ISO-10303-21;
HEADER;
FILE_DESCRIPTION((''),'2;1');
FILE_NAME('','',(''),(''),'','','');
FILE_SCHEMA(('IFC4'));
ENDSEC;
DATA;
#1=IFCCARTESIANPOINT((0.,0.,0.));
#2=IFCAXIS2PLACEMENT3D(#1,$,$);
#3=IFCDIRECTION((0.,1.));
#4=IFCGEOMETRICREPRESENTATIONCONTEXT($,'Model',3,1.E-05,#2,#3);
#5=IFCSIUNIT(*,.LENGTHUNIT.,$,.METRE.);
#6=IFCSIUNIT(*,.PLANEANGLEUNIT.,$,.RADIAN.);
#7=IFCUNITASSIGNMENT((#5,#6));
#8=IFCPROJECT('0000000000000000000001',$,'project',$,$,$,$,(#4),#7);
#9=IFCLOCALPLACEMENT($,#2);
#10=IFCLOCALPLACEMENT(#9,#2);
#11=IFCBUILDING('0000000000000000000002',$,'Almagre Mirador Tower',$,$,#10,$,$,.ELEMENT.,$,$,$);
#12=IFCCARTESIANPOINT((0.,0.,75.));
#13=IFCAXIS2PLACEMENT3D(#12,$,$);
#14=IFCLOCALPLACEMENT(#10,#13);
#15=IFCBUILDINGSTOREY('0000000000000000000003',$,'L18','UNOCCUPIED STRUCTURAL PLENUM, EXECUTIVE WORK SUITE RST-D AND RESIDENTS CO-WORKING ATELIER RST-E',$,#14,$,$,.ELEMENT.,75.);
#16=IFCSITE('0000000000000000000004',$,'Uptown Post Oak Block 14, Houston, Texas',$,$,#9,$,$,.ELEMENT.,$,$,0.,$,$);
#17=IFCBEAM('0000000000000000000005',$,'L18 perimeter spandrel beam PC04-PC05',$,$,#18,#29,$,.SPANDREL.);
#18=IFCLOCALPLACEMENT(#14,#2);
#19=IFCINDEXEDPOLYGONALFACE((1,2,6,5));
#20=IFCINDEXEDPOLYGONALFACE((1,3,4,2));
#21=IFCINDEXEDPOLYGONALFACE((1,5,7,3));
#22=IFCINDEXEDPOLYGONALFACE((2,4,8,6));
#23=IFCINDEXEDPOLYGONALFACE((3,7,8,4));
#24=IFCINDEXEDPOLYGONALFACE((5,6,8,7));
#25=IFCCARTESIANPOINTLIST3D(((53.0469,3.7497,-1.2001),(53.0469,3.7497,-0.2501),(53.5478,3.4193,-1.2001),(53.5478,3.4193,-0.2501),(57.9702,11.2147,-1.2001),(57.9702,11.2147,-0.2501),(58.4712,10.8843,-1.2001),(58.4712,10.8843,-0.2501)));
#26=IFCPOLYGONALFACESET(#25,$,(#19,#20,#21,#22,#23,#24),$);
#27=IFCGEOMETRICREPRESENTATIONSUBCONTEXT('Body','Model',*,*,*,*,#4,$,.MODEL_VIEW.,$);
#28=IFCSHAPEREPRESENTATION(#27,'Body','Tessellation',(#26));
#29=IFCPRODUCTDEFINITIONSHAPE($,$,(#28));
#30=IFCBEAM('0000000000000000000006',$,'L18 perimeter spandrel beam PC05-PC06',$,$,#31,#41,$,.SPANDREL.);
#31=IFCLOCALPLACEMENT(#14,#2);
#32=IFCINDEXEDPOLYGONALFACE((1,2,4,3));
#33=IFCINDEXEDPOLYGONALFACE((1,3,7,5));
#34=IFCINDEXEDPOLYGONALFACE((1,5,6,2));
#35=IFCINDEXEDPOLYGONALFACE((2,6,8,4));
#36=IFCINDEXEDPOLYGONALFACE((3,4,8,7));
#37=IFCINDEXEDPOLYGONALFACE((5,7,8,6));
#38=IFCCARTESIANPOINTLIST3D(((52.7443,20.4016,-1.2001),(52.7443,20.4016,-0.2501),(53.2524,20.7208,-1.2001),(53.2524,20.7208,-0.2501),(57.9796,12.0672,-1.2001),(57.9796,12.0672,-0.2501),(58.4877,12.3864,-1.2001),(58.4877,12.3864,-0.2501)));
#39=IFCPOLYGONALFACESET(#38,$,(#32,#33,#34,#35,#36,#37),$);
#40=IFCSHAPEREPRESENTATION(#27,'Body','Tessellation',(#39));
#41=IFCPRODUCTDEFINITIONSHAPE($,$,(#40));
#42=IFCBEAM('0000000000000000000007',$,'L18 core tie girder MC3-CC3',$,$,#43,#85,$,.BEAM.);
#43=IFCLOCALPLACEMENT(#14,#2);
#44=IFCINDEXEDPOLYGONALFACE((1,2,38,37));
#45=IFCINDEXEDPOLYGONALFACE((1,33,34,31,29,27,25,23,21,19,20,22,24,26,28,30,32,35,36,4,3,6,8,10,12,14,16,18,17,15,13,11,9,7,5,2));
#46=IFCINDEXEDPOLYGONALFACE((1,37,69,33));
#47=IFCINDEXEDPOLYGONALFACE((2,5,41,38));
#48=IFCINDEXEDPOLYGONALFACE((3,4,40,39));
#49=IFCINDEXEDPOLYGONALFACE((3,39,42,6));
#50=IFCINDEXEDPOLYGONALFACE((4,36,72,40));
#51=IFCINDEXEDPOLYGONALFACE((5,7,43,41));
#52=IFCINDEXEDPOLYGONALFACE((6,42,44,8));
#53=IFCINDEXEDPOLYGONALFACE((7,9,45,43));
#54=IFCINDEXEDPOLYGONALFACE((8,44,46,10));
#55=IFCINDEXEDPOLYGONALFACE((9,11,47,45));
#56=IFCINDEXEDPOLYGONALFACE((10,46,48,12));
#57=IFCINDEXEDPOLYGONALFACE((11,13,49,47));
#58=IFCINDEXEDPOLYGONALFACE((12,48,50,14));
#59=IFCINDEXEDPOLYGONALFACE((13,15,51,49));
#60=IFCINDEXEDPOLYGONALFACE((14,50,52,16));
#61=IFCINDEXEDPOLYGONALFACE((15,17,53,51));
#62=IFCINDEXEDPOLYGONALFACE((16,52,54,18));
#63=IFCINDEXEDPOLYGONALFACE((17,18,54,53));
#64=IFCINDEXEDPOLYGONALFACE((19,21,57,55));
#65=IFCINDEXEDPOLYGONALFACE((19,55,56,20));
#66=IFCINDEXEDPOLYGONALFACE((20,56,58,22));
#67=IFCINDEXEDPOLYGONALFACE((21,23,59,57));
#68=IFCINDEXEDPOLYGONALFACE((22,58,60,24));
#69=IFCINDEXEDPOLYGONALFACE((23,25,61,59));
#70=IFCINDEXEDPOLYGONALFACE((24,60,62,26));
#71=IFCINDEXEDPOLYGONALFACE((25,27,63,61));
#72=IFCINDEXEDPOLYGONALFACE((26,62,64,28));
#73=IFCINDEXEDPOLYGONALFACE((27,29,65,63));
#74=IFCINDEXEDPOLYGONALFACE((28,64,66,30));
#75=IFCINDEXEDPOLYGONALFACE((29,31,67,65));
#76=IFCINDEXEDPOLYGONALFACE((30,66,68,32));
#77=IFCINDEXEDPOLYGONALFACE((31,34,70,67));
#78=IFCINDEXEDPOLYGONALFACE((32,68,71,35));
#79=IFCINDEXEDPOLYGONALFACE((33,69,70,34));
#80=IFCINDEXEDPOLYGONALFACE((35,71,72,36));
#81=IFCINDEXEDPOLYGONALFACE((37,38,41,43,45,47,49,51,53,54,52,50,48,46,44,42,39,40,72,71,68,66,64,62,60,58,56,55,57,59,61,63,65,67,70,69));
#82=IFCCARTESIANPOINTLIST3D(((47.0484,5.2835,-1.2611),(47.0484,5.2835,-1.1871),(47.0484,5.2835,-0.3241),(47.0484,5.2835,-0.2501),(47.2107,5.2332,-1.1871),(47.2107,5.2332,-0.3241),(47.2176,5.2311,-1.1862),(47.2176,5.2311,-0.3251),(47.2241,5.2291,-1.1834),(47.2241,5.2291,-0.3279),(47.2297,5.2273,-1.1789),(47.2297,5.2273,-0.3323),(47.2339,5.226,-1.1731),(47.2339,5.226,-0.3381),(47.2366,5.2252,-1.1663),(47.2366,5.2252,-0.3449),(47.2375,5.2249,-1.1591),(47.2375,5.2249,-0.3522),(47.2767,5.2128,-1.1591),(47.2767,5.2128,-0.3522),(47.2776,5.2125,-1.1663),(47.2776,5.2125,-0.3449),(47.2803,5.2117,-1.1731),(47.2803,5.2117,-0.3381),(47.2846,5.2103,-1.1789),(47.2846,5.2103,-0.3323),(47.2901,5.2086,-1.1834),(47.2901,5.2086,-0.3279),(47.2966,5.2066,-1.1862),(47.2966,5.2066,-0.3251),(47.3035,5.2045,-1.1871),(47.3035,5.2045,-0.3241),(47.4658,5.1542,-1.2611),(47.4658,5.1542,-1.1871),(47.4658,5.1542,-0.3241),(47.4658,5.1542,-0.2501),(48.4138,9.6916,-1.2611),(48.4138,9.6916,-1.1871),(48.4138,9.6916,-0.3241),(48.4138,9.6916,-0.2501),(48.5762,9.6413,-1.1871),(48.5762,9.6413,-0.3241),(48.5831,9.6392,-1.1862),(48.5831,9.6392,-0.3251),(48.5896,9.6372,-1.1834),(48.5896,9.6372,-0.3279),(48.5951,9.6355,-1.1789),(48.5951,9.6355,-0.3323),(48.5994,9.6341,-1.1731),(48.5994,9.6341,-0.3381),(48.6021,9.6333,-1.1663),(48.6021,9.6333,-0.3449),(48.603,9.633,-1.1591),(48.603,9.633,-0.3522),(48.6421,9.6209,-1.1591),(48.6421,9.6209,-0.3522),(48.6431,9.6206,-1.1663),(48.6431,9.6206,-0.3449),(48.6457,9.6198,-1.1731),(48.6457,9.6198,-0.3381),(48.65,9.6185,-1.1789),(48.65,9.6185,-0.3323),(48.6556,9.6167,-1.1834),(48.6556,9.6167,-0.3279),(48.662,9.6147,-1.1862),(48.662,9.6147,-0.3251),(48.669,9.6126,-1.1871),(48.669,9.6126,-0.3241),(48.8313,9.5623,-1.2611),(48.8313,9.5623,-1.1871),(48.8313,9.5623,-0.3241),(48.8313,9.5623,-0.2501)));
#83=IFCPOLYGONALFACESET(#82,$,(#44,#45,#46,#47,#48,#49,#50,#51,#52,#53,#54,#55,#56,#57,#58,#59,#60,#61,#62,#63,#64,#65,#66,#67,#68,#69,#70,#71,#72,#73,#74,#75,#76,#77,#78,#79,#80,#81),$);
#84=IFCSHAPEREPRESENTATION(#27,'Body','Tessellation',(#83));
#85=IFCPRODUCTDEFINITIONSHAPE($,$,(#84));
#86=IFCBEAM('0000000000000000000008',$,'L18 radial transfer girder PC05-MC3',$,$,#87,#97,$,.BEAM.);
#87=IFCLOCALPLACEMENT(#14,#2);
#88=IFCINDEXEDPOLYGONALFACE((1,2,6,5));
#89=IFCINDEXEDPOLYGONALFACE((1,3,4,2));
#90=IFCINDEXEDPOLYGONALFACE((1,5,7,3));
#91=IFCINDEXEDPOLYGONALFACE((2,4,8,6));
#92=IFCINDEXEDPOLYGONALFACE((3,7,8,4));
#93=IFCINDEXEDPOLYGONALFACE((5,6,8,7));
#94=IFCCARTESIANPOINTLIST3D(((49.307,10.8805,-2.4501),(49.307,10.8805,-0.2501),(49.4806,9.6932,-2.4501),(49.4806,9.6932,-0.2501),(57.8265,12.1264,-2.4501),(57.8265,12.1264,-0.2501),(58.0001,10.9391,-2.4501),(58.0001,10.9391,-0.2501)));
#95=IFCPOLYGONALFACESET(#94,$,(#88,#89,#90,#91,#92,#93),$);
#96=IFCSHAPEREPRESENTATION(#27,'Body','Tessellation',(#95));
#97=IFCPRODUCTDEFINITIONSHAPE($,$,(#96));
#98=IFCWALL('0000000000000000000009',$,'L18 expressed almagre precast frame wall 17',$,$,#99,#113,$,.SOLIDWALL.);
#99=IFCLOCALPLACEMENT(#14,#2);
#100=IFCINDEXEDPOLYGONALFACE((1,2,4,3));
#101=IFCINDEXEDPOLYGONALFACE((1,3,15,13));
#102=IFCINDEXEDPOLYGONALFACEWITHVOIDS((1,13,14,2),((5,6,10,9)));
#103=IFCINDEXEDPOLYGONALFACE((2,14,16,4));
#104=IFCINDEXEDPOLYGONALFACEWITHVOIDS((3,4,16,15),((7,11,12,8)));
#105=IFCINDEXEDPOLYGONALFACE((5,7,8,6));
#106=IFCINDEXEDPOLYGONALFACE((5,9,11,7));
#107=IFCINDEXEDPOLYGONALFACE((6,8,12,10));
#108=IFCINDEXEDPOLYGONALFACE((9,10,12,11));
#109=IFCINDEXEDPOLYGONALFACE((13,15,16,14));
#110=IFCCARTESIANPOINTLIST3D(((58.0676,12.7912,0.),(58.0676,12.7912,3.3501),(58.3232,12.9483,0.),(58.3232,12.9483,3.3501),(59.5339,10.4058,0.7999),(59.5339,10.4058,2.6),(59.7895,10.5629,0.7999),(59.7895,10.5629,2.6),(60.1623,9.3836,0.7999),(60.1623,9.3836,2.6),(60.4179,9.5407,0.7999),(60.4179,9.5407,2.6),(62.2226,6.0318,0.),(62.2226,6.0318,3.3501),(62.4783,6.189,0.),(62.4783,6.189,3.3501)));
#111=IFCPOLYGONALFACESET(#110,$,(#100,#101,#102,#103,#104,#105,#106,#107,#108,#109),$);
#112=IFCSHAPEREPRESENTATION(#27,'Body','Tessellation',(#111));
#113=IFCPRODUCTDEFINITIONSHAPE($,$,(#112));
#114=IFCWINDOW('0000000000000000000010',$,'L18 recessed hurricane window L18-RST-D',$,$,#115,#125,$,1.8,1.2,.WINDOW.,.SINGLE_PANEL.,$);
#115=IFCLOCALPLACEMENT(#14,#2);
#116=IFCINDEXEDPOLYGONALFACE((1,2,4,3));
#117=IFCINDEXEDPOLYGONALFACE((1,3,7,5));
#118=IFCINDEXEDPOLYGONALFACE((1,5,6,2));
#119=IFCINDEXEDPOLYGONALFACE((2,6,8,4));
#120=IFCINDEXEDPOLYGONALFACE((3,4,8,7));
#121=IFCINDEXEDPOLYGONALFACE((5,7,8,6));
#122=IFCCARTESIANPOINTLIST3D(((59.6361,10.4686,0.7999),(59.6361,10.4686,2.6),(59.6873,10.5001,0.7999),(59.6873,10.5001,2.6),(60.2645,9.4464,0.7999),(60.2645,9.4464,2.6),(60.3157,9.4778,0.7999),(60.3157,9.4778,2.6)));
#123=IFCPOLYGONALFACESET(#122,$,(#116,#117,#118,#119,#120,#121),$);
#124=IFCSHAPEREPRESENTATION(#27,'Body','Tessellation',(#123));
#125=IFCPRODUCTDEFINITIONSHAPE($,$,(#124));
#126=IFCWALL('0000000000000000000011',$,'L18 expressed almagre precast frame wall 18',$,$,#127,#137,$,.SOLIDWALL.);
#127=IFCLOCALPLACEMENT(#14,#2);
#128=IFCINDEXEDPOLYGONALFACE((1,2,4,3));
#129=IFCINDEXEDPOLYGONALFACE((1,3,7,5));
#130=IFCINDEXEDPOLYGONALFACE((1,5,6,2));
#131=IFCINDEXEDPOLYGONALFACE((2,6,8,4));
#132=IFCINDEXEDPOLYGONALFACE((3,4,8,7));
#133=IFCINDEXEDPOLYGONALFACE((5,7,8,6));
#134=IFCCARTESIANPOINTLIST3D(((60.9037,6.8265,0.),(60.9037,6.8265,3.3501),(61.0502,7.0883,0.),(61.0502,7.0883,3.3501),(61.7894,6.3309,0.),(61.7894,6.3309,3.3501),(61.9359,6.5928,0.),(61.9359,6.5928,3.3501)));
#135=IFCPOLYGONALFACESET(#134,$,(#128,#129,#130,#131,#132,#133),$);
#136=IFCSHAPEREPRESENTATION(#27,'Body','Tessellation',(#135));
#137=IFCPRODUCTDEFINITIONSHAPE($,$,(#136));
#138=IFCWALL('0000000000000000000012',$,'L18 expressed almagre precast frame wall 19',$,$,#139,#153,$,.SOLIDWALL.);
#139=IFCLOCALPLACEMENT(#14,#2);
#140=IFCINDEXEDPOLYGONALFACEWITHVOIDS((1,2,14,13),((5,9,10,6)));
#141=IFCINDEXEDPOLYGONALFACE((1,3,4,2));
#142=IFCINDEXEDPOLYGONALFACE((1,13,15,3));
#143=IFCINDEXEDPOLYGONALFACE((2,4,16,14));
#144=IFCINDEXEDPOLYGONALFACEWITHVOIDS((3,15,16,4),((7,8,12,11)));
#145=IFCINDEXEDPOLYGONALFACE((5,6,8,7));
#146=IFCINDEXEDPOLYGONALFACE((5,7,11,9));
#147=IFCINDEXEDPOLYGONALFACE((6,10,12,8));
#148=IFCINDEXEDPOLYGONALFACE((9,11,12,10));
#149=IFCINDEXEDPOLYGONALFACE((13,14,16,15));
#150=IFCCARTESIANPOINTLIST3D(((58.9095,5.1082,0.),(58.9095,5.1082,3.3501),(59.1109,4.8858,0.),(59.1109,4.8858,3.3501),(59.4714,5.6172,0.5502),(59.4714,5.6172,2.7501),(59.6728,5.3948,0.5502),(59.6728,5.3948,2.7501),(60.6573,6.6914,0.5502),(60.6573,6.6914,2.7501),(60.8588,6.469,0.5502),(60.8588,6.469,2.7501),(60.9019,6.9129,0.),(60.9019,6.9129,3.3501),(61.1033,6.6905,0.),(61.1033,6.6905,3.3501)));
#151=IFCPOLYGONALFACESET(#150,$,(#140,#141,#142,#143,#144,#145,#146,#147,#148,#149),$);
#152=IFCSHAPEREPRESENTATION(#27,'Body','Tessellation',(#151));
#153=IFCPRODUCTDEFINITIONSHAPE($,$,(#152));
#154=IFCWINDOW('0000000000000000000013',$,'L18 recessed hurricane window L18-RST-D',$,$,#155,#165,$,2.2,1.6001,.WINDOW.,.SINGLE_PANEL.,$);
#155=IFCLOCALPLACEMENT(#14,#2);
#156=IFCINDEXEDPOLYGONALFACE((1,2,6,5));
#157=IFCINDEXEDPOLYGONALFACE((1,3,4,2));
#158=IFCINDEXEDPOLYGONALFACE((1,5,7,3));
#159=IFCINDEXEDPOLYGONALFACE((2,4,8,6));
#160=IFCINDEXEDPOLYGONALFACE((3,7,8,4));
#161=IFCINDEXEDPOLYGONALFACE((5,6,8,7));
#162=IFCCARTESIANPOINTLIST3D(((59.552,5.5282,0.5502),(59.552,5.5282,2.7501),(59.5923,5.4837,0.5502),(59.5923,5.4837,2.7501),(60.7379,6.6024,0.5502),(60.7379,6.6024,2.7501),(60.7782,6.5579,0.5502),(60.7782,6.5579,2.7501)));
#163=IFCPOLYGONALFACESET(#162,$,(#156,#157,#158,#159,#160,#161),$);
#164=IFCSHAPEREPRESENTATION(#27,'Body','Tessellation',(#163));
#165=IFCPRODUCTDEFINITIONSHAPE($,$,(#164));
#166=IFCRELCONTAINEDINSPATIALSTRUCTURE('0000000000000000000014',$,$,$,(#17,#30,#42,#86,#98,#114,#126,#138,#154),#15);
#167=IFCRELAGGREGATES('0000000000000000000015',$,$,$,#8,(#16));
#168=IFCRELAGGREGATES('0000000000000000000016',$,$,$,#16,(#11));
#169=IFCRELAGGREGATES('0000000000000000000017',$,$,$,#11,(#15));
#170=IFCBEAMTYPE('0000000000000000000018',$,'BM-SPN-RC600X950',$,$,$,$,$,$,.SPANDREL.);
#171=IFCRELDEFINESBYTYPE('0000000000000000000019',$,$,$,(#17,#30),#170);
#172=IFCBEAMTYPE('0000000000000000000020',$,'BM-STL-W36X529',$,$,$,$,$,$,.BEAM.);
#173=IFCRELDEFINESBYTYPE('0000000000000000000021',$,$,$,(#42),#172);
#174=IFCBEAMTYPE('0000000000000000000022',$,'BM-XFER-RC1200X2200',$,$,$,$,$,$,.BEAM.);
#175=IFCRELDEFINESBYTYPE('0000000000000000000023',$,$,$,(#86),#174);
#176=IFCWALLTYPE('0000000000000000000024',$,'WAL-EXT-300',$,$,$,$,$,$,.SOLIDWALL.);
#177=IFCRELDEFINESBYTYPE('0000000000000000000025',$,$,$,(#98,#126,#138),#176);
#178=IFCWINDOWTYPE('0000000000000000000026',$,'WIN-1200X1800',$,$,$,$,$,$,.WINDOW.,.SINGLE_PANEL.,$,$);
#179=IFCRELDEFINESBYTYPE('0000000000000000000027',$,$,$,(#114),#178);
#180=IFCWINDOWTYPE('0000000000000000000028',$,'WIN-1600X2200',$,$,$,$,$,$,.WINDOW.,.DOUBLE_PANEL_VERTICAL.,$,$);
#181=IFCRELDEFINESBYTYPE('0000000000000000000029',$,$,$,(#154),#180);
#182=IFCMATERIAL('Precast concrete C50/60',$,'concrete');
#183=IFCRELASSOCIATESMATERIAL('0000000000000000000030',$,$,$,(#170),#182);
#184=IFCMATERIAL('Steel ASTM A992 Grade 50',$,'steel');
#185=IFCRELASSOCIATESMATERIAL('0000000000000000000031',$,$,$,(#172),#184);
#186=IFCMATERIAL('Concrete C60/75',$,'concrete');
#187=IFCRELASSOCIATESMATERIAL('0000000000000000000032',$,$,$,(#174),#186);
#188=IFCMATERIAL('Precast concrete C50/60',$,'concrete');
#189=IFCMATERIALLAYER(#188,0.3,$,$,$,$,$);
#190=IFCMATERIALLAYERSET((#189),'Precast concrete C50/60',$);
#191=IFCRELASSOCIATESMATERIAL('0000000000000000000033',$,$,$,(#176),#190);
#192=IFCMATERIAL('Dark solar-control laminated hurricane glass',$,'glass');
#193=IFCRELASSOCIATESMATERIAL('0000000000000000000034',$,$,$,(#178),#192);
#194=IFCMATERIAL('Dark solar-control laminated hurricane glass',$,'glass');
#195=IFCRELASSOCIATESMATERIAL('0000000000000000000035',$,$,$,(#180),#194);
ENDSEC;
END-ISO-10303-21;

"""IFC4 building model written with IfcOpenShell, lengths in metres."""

from ifc_helpers import new_model, si_unit, direction, frame, frame_2d, origin, origin_2d, place, context, subcontext, project, spatial, rectangle, i_section, extrude, material, layer, layer_set, material_profile, profile_set, type_object, element, fill, save


model = new_model("IFC4")

# Units and contexts
model_context = context("Model", 3, precision=1e-05, world=origin(), true_north=direction((0.0, 1.0)))
body_context = subcontext(model_context, "Body", "Model", "MODEL_VIEW")
ifc_project = project(units=[si_unit("LENGTHUNIT", "METRE"), si_unit("PLANEANGLEUNIT", "RADIAN")], contexts=[model_context])

# Site, building, storey
site_placement = place(None, origin())
site = spatial("IfcSite", under=ifc_project, at=site_placement, Name="Uptown Post Oak Block 14, Houston, Texas", CompositionType="ELEMENT", RefElevation=0.0)
building_placement = place(site_placement, origin())
building = spatial("IfcBuilding", under=site, at=building_placement, Name="Almagre Mirador Tower", CompositionType="ELEMENT")
storey_placement = place(building_placement, frame((0.0, 0.0, 75.0)))
storey = spatial("IfcBuildingStorey", under=building, at=storey_placement, Name="L18", Description="UNOCCUPIED STRUCTURAL PLENUM, EXECUTIVE WORK SUITE RST-D AND RESIDENTS CO-WORKING ATELIER RST-E", CompositionType="ELEMENT", Elevation=75.0)

# Beams
ifc_material_1 = material(Name="Precast concrete C50/60", Category="concrete")
ifc_material_profile_1 = material_profile(ifc_material_1, rectangle(XDim=0.6001, YDim=0.95, at=origin_2d()), Name="RC600X950")
ifc_profile_set_1 = profile_set([ifc_material_profile_1], Name="Precast concrete C50/60")
beam_type_1 = type_object("IfcBeamType", Name="BM-SPN-RC600X950", PredefinedType="SPANDREL", material=ifc_profile_set_1)
beam_1_placement = place(storey_placement, frame((53.2974, 3.5845, -0.7251), z_axis=(0.55056, 0.834795, 0.0), x_axis=(-0.834795, 0.55056, 0.0)))
element("IfcBeam", 1, at=beam_1_placement, inside=storey, type_object=beam_type_1, Name="L18 perimeter spandrel beam PC04-PC05", PredefinedType="SPANDREL", context=body_context, shape_type="SweptSolid", body=[
    extrude(rectangle(XDim=0.6001, YDim=0.95, at=origin_2d()), origin(), (0.0, 0.0, 1.0), 8.9424),
])
beam_2_placement = place(storey_placement, frame((58.2336, 12.2268, -0.7251), z_axis=(-0.53192, 0.846795, 0.0), x_axis=(-0.846795, -0.53192, 0.0)))
element("IfcBeam", 2, at=beam_2_placement, inside=storey, type_object=beam_type_1, Name="L18 perimeter spandrel beam PC05-PC06", PredefinedType="SPANDREL", context=body_context, shape_type="SweptSolid", body=[
    extrude(rectangle(XDim=0.6001, YDim=0.95, at=origin_2d()), origin(), (0.0, 0.0, 1.0), 9.8423),
])
ifc_material_2 = material(Name="Steel ASTM A992 Grade 50", Category="steel")
ifc_material_profile_2 = material_profile(ifc_material_2, i_section(OverallWidth=0.437, OverallDepth=1.011, WebThickness=0.041, FlangeThickness=0.074, FilletRadius=0.0281, at=origin_2d()), Name="W36X529")
ifc_profile_set_2 = profile_set([ifc_material_profile_2], Name="Steel ASTM A992 Grade 50")
beam_type_2 = type_object("IfcBeamType", Name="BM-STL-W36X529", PredefinedType="BEAM", material=ifc_profile_set_2)
beam_3_placement = place(storey_placement, frame((48.6226, 9.627, -0.7556), z_axis=(-0.295888, -0.955223, 0.0), x_axis=(0.955223, -0.295888, 0.0)))
element("IfcBeam", 3, at=beam_3_placement, inside=storey, type_object=beam_type_2, Name="L18 core tie girder MC3-CC3", PredefinedType="BEAM", context=body_context, shape_type="SweptSolid", body=[
    extrude(i_section(OverallWidth=0.437, OverallDepth=1.011, WebThickness=0.041, FlangeThickness=0.074, FilletRadius=0.0281, at=origin_2d()), origin(), (0.0, 0.0, 1.0), 4.6147),
])
ifc_material_3 = material(Name="Concrete C60/75", Category="concrete")
ifc_material_profile_3 = material_profile(ifc_material_3, rectangle(XDim=1.2, YDim=2.2, at=origin_2d()), Name="RC1200X2200")
ifc_profile_set_3 = profile_set([ifc_material_profile_3], Name="Concrete C60/75")
beam_type_3 = type_object("IfcBeamType", Name="BM-XFER-RC1200X2200", PredefinedType="BEAM", material=ifc_profile_set_3)
beam_4_placement = place(storey_placement, frame((57.9133, 11.5327, -1.3501), z_axis=(-0.989476, -0.144696, 0.0), x_axis=(0.144696, -0.989476, 0.0)))
element("IfcBeam", 4, at=beam_4_placement, inside=storey, type_object=beam_type_3, Name="L18 radial transfer girder PC05-MC3", PredefinedType="BEAM", context=body_context, shape_type="SweptSolid", body=[
    extrude(rectangle(XDim=1.2, YDim=2.2, at=origin_2d()), origin(), (0.0, 0.0, 1.0), 8.6101),
])

# Wall, opening, window
ifc_material_4 = material(Name="Precast concrete C50/60", Category="concrete")
ifc_layer = layer(ifc_material_4, 0.3)
ifc_layer_set = layer_set([ifc_layer], Name="Precast concrete C50/60")
wall_type = type_object("IfcWallType", Name="WAL-EXT-300", PredefinedType="SOLIDWALL", material=ifc_layer_set)
wall_1_placement = place(storey_placement, frame((58.1953, 12.8699, 0.0), z_axis=(0.0, 0.0, 1.0), x_axis=(0.523684, -0.851913, 0.0)))
wall_1 = element("IfcWall", 5, at=wall_1_placement, inside=storey, type_object=wall_type, Name="L18 expressed almagre precast frame wall 17", PredefinedType="SOLIDWALL", context=body_context, shape_type="SweptSolid", body=[
    extrude(rectangle(XDim=7.9343, YDim=0.3, at=frame_2d((3.9673, 0.0))), origin(), (0.0, 0.0, 1.0), 3.3501),
])
opening_1_placement = place(wall_1_placement, frame((2.8, 0.0, 0.8)))
opening_1 = element("IfcOpeningElement", 6, at=opening_1_placement, cuts=wall_1, PredefinedType="OPENING", context=body_context, shape_type="SweptSolid", body=[
    extrude(rectangle(XDim=1.2, YDim=1.8, at=frame_2d((0.6001, 0.8999))), frame((0.0, 0.1599, 0.0), z_axis=(0.0, -1.0, 0.0), x_axis=(1.0, 0.0, 0.0)), (0.0, 0.0, 1.0), 0.32),
])
ifc_material_5 = material(Name="Dark solar-control laminated hurricane glass", Category="glass")
window_type_1 = type_object("IfcWindowType", Name="WIN-1200X1800", PartitioningType="SINGLE_PANEL", PredefinedType="WINDOW", material=ifc_material_5)
window_1_placement = place(opening_1_placement, origin())
window_1 = element("IfcWindow", 7, at=window_1_placement, inside=storey, type_object=window_type_1, Name="L18 recessed hurricane window L18-RST-D", OverallHeight=1.8, OverallWidth=1.2, PartitioningType="SINGLE_PANEL", PredefinedType="WINDOW", context=body_context, shape_type="SweptSolid", body=[
    extrude(rectangle(XDim=1.2, YDim=1.8, at=frame_2d((0.6001, 0.8999))), frame((0.0, 0.03, 0.0), z_axis=(0.0, -1.0, 0.0), x_axis=(1.0, 0.0, 0.0)), (0.0, 0.0, 1.0), 0.0601),
])
fill(opening_1, window_1)

# Wall
wall_2_placement = place(storey_placement, frame((61.8625, 6.4619, 0.0), z_axis=(0.0, 0.0, 1.0), x_axis=(-0.872678, 0.488296, 0.0)))
element("IfcWall", 8, at=wall_2_placement, inside=storey, type_object=wall_type, Name="L18 expressed almagre precast frame wall 18", PredefinedType="SOLIDWALL", context=body_context, shape_type="SweptSolid", body=[
    extrude(rectangle(XDim=1.0149, YDim=0.3, at=frame_2d((0.5073, 0.0))), origin(), (0.0, 0.0, 1.0), 3.3501),
])

# Wall, opening, window
wall_3_placement = place(storey_placement, frame((61.0027, 6.8018, 0.0), z_axis=(0.0, 0.0, 1.0), x_axis=(-0.741163, -0.671325, 0.0)))
wall_3 = element("IfcWall", 9, at=wall_3_placement, inside=storey, type_object=wall_type, Name="L18 expressed almagre precast frame wall 19", PredefinedType="SOLIDWALL", context=body_context, shape_type="SweptSolid", body=[
    extrude(rectangle(XDim=2.6882, YDim=0.3, at=frame_2d((1.3442, 0.0))), origin(), (0.0, 0.0, 1.0), 3.3501),
])
opening_2_placement = place(wall_3_placement, frame((0.3301, 0.0, 0.55)))
opening_2 = element("IfcOpeningElement", 10, at=opening_2_placement, cuts=wall_3, PredefinedType="OPENING", context=body_context, shape_type="SweptSolid", body=[
    extrude(rectangle(XDim=1.6001, YDim=2.2, at=frame_2d((0.8, 1.1001))), frame((0.0, 0.1599, 0.0), z_axis=(0.0, -1.0, 0.0), x_axis=(1.0, 0.0, 0.0)), (0.0, 0.0, 1.0), 0.32),
])
ifc_material_6 = material(Name="Dark solar-control laminated hurricane glass", Category="glass")
window_type_2 = type_object("IfcWindowType", Name="WIN-1600X2200", PartitioningType="DOUBLE_PANEL_VERTICAL", PredefinedType="WINDOW", material=ifc_material_6)
window_2_placement = place(opening_2_placement, origin())
window_2 = element("IfcWindow", 11, at=window_2_placement, inside=storey, type_object=window_type_2, Name="L18 recessed hurricane window L18-RST-D", OverallHeight=2.2, OverallWidth=1.6001, PartitioningType="SINGLE_PANEL", PredefinedType="WINDOW", context=body_context, shape_type="SweptSolid", body=[
    extrude(rectangle(XDim=1.6001, YDim=2.2, at=frame_2d((0.8, 1.1001))), frame((0.0, 0.03, 0.0), z_axis=(0.0, -1.0, 0.0), x_axis=(1.0, 0.0, 0.0)), (0.0, 0.0, 1.0), 0.0601),
])
fill(opening_2, window_2)

save(model, "model.ifc")
